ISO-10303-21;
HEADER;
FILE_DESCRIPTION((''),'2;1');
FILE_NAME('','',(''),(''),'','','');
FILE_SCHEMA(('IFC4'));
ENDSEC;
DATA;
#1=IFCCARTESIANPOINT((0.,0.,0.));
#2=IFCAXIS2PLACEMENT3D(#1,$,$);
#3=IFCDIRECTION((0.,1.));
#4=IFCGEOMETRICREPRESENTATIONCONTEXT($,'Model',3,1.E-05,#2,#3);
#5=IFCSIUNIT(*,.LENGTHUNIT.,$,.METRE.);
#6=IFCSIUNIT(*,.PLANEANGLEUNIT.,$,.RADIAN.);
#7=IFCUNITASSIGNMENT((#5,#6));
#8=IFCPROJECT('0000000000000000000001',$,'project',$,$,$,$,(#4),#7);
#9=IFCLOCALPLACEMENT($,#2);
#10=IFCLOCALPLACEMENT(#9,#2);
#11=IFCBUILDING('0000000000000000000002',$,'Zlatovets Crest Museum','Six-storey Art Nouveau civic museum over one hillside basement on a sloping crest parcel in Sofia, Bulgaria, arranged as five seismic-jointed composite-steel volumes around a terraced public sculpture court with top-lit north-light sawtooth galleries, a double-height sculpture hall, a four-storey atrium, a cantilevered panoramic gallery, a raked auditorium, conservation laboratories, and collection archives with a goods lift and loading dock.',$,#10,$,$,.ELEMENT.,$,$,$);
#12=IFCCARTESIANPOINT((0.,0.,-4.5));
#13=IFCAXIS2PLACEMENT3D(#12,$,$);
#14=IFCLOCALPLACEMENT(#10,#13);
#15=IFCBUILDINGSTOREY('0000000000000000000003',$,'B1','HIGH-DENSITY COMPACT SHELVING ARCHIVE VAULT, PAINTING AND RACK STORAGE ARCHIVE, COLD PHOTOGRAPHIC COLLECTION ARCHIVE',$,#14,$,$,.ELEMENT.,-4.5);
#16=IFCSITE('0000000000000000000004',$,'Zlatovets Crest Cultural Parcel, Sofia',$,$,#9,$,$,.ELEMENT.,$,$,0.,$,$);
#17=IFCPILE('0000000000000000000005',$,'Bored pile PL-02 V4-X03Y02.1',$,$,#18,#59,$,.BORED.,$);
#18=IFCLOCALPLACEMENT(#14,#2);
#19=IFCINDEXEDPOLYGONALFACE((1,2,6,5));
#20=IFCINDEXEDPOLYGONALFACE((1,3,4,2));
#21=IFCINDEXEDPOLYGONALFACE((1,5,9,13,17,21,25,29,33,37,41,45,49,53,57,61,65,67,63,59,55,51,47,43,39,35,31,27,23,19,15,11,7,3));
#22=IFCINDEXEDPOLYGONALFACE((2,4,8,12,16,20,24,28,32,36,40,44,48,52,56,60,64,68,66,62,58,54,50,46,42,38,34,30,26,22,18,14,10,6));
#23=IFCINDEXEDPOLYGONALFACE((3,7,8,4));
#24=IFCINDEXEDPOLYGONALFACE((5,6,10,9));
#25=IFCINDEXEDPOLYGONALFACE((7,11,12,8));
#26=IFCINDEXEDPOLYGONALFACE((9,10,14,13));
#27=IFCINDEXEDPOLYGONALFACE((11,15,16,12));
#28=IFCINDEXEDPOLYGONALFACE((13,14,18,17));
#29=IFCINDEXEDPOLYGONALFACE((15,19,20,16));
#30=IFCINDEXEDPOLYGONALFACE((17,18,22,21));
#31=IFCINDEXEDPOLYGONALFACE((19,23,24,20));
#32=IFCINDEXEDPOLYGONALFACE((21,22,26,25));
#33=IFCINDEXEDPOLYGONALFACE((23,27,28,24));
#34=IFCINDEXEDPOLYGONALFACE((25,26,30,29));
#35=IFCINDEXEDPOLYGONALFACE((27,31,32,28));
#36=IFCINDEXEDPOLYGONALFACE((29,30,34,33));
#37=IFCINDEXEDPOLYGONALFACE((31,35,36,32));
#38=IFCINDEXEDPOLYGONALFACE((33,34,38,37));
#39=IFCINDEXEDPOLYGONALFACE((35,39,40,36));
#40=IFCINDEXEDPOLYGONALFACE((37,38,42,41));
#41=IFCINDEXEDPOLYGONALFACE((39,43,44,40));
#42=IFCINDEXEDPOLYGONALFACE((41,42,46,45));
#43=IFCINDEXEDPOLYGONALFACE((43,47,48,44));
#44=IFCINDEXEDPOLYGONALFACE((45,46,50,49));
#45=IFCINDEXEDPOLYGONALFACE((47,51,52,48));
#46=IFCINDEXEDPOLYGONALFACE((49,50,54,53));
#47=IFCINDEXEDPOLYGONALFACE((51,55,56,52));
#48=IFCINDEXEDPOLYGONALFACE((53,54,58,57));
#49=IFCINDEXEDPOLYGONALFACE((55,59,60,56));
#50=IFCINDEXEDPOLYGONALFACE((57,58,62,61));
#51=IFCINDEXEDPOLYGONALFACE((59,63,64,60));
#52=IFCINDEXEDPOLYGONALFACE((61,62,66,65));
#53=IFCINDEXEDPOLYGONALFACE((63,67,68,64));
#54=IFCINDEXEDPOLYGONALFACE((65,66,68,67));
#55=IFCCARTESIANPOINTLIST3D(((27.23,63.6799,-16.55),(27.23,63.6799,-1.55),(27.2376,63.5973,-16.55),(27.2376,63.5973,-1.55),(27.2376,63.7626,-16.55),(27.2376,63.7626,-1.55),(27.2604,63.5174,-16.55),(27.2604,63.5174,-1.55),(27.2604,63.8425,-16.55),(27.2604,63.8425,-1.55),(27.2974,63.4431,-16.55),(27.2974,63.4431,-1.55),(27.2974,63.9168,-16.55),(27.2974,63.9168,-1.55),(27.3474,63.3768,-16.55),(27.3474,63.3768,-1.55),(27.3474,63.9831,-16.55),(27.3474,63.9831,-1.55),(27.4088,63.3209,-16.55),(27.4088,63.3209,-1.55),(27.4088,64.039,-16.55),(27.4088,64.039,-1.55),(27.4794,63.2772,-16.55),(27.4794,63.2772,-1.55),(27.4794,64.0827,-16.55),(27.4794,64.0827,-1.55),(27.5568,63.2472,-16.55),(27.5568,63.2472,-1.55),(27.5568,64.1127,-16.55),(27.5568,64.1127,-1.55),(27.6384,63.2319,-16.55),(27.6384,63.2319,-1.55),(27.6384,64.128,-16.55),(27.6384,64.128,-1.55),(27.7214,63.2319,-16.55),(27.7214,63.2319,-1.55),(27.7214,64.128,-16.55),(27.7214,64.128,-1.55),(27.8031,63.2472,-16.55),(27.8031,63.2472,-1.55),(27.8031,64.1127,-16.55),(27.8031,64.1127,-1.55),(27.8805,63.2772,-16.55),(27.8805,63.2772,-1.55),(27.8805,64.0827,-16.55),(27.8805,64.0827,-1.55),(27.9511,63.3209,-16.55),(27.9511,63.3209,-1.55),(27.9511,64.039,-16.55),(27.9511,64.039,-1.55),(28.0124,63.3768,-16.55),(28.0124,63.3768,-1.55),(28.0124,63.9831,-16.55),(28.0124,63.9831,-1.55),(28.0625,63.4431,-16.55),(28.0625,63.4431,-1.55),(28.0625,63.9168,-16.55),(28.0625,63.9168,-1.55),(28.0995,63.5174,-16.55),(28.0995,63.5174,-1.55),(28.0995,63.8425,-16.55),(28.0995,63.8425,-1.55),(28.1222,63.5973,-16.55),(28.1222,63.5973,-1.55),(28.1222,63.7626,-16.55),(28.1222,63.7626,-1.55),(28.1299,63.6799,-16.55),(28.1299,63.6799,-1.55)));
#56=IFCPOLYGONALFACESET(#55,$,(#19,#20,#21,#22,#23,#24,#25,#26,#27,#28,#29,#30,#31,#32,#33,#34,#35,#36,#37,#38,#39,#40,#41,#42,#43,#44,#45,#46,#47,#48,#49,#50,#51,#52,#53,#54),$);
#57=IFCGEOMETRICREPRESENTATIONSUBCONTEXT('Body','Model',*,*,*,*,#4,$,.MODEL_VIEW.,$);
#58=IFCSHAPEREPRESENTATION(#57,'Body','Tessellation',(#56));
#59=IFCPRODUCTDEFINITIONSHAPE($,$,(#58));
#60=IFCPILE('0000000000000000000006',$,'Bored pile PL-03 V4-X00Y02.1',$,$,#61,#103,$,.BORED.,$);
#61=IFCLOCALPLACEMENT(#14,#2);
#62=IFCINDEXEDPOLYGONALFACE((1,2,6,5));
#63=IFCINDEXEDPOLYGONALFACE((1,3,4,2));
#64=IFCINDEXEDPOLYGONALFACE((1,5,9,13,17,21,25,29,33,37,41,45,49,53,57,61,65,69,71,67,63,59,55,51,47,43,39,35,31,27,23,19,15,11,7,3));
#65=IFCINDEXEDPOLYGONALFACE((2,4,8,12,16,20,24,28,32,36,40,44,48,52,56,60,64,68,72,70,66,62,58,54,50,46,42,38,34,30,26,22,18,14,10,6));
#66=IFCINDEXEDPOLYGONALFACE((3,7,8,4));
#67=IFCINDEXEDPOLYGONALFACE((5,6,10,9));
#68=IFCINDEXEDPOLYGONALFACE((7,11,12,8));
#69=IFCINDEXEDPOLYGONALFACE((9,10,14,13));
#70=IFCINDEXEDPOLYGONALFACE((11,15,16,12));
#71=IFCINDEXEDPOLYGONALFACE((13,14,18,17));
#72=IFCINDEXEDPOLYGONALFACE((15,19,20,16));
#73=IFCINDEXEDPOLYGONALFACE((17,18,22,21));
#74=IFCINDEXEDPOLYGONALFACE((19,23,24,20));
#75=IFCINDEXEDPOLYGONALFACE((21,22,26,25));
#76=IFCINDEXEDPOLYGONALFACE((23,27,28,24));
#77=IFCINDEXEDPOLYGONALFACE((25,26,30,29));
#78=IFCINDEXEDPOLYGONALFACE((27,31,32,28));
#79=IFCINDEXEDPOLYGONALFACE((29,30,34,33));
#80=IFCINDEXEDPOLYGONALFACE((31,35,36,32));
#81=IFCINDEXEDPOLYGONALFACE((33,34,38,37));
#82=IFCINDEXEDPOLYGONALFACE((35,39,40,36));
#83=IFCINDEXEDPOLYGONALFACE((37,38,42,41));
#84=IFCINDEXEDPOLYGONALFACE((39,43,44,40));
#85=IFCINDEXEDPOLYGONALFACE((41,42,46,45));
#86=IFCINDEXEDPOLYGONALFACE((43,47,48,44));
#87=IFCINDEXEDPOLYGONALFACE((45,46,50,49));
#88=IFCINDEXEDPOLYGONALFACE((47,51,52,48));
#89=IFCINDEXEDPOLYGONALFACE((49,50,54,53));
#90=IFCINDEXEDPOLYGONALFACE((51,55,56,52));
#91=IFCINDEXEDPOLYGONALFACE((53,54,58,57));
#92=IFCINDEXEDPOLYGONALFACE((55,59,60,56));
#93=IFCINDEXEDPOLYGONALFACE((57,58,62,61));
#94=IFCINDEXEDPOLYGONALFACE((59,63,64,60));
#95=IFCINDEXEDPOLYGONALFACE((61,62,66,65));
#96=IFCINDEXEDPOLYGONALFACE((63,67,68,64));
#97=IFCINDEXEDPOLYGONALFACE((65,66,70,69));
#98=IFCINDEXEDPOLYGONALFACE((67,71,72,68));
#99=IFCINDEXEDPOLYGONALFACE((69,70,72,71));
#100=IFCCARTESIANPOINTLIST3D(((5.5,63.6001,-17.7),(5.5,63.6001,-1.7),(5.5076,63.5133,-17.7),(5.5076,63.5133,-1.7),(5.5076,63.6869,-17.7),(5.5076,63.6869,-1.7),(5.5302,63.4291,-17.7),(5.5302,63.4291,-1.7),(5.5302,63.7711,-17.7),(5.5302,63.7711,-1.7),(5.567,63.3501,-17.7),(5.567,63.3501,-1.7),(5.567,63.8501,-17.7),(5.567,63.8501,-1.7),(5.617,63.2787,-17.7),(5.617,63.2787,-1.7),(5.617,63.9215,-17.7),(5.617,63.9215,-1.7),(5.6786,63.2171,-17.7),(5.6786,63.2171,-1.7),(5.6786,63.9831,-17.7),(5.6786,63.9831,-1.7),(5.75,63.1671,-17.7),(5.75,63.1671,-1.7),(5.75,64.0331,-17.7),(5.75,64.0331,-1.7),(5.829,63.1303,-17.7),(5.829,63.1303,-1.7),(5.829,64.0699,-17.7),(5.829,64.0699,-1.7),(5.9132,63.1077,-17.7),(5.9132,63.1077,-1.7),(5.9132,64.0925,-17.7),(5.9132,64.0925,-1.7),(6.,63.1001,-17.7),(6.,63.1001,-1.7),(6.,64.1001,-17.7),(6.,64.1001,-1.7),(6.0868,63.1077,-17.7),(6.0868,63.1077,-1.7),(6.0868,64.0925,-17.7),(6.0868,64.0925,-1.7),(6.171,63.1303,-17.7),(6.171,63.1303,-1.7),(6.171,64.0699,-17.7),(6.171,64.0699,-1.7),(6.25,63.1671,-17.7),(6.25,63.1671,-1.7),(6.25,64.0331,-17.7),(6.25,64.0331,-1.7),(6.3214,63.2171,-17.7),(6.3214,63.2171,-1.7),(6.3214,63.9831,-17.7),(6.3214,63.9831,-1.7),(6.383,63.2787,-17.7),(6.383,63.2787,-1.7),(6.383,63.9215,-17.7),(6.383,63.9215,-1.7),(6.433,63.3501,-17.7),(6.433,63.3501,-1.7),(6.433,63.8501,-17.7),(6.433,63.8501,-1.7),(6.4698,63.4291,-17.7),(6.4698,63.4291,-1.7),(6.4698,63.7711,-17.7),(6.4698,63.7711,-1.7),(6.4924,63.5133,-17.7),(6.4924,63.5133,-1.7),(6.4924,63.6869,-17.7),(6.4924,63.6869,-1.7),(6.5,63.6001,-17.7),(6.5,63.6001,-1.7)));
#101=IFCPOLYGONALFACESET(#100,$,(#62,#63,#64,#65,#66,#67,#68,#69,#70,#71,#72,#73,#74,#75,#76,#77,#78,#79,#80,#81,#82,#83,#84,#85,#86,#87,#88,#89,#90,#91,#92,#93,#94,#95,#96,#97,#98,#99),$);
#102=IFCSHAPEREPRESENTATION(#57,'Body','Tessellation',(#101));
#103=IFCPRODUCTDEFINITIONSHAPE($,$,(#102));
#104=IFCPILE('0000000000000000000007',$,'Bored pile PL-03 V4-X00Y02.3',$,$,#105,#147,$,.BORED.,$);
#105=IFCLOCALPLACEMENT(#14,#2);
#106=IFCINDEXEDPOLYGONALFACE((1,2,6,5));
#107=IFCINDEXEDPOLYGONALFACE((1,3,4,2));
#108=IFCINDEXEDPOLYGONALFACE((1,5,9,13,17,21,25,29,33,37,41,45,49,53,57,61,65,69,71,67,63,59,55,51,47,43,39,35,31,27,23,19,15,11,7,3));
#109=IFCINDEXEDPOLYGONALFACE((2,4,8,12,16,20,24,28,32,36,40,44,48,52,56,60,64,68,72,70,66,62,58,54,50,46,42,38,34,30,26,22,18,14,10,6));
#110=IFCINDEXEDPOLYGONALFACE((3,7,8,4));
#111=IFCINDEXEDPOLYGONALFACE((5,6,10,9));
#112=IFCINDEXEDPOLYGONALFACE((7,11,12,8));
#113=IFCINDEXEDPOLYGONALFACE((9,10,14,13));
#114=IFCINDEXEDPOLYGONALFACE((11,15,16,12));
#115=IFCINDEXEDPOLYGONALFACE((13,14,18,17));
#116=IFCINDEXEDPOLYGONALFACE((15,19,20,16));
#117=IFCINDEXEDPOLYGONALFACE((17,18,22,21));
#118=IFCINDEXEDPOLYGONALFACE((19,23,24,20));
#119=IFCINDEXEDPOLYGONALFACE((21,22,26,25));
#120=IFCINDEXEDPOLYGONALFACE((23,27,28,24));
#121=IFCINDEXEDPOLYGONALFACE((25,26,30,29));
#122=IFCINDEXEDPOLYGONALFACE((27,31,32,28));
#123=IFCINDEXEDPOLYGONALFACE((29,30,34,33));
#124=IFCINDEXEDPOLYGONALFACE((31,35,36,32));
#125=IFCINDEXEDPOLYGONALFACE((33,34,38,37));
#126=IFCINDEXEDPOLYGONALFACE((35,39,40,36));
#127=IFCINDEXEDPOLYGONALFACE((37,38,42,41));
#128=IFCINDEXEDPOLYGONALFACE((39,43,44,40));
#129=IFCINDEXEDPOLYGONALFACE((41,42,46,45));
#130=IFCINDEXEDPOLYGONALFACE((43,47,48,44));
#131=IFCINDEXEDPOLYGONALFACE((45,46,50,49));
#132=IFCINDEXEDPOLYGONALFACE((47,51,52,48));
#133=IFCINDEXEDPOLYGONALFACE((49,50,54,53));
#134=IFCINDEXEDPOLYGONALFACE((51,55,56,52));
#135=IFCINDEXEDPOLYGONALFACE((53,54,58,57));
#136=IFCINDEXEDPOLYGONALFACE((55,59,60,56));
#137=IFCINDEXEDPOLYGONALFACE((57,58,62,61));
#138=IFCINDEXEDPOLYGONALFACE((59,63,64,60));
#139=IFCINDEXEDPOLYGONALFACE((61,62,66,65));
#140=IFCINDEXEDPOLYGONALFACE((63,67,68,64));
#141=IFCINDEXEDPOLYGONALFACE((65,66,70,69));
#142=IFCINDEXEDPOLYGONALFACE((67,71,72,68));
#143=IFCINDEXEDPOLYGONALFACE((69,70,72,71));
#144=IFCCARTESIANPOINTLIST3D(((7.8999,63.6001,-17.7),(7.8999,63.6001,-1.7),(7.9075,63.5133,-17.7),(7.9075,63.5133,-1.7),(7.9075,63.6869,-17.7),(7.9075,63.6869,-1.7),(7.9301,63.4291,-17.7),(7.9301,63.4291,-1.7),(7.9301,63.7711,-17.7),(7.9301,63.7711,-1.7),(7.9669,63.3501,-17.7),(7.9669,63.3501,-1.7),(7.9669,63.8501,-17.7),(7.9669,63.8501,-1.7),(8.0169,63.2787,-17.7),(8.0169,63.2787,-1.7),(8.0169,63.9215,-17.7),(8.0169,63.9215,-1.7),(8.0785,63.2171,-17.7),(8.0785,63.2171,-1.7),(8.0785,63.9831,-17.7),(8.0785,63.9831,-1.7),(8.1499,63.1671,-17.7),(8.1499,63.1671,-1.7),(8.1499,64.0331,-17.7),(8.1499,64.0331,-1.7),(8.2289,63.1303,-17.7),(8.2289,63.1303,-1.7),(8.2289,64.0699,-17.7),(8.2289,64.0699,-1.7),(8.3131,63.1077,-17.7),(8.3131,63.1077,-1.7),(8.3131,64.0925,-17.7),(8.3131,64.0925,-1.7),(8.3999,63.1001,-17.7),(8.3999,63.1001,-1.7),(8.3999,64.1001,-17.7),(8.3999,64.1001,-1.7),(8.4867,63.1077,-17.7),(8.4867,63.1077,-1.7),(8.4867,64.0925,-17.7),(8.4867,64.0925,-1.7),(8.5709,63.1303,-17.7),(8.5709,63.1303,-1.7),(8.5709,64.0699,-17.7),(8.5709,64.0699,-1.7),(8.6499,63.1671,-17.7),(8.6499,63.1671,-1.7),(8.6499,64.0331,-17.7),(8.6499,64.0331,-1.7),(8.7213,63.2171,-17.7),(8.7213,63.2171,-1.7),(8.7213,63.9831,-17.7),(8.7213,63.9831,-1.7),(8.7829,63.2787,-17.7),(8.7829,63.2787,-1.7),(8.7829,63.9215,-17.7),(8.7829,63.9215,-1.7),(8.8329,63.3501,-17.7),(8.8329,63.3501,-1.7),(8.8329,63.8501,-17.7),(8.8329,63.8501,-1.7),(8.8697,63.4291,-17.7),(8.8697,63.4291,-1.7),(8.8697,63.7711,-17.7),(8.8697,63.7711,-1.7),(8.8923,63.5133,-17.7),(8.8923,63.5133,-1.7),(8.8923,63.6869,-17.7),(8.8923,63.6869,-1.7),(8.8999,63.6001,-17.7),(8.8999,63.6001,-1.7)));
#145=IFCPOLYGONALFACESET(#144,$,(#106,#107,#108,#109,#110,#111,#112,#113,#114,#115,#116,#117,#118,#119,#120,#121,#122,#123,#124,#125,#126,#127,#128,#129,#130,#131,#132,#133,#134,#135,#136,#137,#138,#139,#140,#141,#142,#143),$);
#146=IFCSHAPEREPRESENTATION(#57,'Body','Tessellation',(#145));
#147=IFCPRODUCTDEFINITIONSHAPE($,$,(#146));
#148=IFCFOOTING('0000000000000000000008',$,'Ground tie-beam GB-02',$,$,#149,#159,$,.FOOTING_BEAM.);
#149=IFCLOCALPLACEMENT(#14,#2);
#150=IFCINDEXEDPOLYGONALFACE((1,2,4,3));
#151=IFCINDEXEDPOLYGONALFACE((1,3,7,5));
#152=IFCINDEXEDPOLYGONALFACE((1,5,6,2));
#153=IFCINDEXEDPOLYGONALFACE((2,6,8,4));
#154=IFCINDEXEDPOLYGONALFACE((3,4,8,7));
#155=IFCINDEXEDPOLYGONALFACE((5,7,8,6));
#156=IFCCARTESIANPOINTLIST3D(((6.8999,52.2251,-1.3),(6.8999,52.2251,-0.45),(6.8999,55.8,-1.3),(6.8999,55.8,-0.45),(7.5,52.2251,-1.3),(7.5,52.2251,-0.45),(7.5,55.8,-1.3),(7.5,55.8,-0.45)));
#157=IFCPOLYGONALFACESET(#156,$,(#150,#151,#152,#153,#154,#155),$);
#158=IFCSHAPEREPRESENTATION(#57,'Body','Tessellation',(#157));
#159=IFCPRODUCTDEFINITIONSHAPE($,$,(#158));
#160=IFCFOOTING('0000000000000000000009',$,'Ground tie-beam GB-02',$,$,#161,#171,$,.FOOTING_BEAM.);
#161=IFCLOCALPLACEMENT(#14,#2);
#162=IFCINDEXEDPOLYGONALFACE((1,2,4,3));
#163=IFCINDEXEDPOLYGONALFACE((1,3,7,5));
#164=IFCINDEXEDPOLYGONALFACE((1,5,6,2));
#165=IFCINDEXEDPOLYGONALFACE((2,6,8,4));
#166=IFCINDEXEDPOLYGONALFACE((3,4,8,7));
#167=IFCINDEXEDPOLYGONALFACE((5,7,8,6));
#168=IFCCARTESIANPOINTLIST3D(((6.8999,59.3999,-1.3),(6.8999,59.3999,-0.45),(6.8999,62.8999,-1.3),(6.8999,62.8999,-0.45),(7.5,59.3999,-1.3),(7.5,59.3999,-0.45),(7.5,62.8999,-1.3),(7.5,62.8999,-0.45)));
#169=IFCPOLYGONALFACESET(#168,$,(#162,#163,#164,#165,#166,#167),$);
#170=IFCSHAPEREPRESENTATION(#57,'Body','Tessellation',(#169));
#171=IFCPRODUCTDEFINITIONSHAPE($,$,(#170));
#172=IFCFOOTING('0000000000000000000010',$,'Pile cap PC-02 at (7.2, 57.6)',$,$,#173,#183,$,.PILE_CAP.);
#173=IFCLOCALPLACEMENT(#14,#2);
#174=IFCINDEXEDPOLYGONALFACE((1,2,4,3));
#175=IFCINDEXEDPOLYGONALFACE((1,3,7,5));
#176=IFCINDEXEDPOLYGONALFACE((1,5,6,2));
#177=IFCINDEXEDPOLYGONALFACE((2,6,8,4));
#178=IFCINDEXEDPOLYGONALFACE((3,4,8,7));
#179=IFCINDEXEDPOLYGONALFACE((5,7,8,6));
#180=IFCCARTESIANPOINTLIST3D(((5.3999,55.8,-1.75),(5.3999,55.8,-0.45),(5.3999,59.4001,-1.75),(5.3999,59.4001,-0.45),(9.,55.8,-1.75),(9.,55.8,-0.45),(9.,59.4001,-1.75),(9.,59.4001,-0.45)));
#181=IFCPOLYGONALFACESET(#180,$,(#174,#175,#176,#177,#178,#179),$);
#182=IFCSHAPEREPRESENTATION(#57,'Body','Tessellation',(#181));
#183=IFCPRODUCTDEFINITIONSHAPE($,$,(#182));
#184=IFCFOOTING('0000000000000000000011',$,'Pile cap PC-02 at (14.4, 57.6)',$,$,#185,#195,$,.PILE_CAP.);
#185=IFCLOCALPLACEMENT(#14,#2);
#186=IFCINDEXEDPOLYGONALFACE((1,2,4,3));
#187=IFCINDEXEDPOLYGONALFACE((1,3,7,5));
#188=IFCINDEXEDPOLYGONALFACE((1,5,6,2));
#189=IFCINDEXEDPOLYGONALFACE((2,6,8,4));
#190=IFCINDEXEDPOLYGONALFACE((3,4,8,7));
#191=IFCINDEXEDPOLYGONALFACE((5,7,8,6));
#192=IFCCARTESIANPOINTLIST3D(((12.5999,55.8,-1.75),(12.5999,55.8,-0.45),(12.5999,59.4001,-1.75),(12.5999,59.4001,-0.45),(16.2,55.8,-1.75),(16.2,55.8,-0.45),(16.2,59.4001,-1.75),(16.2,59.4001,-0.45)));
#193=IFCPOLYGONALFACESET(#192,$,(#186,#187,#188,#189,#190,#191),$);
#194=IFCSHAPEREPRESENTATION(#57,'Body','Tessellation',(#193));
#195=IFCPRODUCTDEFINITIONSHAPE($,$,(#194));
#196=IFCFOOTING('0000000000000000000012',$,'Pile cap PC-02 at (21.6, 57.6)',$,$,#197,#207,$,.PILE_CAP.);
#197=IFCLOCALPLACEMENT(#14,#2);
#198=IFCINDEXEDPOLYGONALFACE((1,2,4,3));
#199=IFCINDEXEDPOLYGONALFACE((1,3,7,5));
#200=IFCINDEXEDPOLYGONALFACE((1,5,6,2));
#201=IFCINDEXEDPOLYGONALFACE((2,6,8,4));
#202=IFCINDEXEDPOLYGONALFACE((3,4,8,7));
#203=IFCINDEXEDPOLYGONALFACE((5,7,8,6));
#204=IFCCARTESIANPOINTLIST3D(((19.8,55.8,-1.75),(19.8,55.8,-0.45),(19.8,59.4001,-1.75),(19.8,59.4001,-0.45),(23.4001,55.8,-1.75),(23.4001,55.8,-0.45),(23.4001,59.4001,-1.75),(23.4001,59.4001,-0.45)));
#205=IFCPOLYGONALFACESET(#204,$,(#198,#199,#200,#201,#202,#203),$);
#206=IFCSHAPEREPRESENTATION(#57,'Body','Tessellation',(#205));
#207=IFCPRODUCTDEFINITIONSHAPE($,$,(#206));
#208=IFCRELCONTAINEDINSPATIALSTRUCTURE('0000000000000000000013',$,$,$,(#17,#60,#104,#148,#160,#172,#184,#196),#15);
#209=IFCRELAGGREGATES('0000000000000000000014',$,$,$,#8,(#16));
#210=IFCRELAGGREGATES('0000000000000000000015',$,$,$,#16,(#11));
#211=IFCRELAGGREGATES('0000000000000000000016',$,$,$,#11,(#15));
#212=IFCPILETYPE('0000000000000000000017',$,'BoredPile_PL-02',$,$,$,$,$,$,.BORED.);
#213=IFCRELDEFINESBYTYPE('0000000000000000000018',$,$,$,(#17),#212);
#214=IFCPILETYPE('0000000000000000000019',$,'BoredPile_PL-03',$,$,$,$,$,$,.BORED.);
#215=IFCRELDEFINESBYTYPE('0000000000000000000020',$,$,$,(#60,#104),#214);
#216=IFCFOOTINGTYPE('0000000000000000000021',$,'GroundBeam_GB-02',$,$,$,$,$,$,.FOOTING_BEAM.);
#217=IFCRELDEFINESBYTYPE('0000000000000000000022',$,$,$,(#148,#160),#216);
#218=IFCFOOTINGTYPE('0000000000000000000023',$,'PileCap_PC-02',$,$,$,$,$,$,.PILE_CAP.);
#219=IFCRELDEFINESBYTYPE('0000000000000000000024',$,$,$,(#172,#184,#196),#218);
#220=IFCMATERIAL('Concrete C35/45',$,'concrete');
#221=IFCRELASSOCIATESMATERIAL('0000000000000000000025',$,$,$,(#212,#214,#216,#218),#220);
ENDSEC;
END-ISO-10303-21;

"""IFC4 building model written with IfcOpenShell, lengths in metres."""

from ifc_helpers import new_model, si_unit, direction, frame, origin, origin_2d, place, context, subcontext, project, spatial, rectangle, circle, extrude, material, material_profile, profile_set, type_object, element, save


model = new_model("IFC4")

# Units and contexts
model_context = context("Model", 3, precision=1e-05, world=origin(), true_north=direction((0.0, 1.0)))
body_context = subcontext(model_context, "Body", "Model", "MODEL_VIEW")
ifc_project = project(units=[si_unit("LENGTHUNIT", "METRE"), si_unit("PLANEANGLEUNIT", "RADIAN")], contexts=[model_context])

# Site, building, storey
site_placement = place(None, origin())
site = spatial("IfcSite", under=ifc_project, at=site_placement, Name="Zlatovets Crest Cultural Parcel, Sofia", CompositionType="ELEMENT", RefElevation=0.0)
building_placement = place(site_placement, origin())
building = spatial("IfcBuilding", under=site, at=building_placement, Name="Zlatovets Crest Museum", Description="Six-storey Art Nouveau civic museum over one hillside basement on a sloping crest parcel in Sofia, Bulgaria, arranged as five seismic-jointed composite-steel volumes around a terraced public sculpture court with top-lit north-light sawtooth galleries, a double-height sculpture hall, a four-storey atrium, a cantilevered panoramic gallery, a raked auditorium, conservation laboratories, and collection archives with a goods lift and loading dock.", CompositionType="ELEMENT")
storey_placement = place(building_placement, frame((0.0, 0.0, -4.5)))
storey = spatial("IfcBuildingStorey", under=building, at=storey_placement, Name="B1", Description="HIGH-DENSITY COMPACT SHELVING ARCHIVE VAULT, PAINTING AND RACK STORAGE ARCHIVE, COLD PHOTOGRAPHIC COLLECTION ARCHIVE", CompositionType="ELEMENT", Elevation=-4.5)

# Piles
ifc_material = material(Name="Concrete C35/45", Category="concrete")
ifc_material_profile_1 = material_profile(ifc_material, circle(Radius=0.45, at=origin_2d()), Name="PILE D900")
ifc_profile_set_1 = profile_set([ifc_material_profile_1], Name="Concrete C35/45")
pile_type_1 = type_object("IfcPileType", Name="BoredPile_PL-02", PredefinedType="BORED", material=ifc_profile_set_1)
for number, where, z_axis, x_axis, name in (
    (1, (27.6799, 63.6799, -1.55), (0.0, 0.0, -1.0), (1.0, 0.0, 0.0), "Bored pile PL-02 V4-X03Y02.1"),
):
    element("IfcPile", number, at=place(storey_placement, frame(where, z_axis=z_axis, x_axis=x_axis)), inside=storey, type_object=pile_type_1, Name=name, PredefinedType="BORED", context=body_context, shape_type="SweptSolid", body=[
        extrude(circle(Radius=0.45, at=origin_2d()), origin(), (0.0, 0.0, 1.0), 15.0),
    ])
ifc_material_profile_2 = material_profile(ifc_material, circle(Radius=0.5, at=origin_2d()), Name="PILE D1000")
ifc_profile_set_2 = profile_set([ifc_material_profile_2], Name="Concrete C35/45")
pile_type_2 = type_object("IfcPileType", Name="BoredPile_PL-03", PredefinedType="BORED", material=ifc_profile_set_2)
for number, where, z_axis, x_axis, name in (
    (2, (6.0, 63.6001, -1.7), (0.0, 0.0, -1.0), (1.0, 0.0, 0.0), "Bored pile PL-03 V4-X00Y02.1"),
    (3, (8.3999, 63.6001, -1.7), (0.0, 0.0, -1.0), (1.0, 0.0, 0.0), "Bored pile PL-03 V4-X00Y02.3"),
):
    element("IfcPile", number, at=place(storey_placement, frame(where, z_axis=z_axis, x_axis=x_axis)), inside=storey, type_object=pile_type_2, Name=name, PredefinedType="BORED", context=body_context, shape_type="SweptSolid", body=[
        extrude(circle(Radius=0.5, at=origin_2d()), origin(), (0.0, 0.0, 1.0), 16.0),
    ])

# Footings
ifc_material_profile_3 = material_profile(ifc_material, rectangle(XDim=0.6001, YDim=0.8501, at=origin_2d()), Name="RC 600x850")
ifc_profile_set_3 = profile_set([ifc_material_profile_3], Name="Concrete C35/45")
footing_type_1 = type_object("IfcFootingType", Name="GroundBeam_GB-02", PredefinedType="FOOTING_BEAM", material=ifc_profile_set_3)
footing_1_placement = place(storey_placement, frame((7.2, 52.2251, -0.875), z_axis=(0.0, 1.0, 0.0), x_axis=(-1.0, 0.0, 0.0)))
element("IfcFooting", 4, at=footing_1_placement, inside=storey, type_object=footing_type_1, Name="Ground tie-beam GB-02", PredefinedType="FOOTING_BEAM", context=body_context, shape_type="SweptSolid", body=[
    extrude(rectangle(XDim=0.6001, YDim=0.8501, at=origin_2d()), origin(), (0.0, 0.0, 1.0), 3.575),
])
footing_2_placement = place(storey_placement, frame((7.2, 59.3999, -0.875), z_axis=(0.0, 1.0, 0.0), x_axis=(-1.0, 0.0, 0.0)))
element("IfcFooting", 5, at=footing_2_placement, inside=storey, type_object=footing_type_1, Name="Ground tie-beam GB-02", PredefinedType="FOOTING_BEAM", context=body_context, shape_type="SweptSolid", body=[
    extrude(rectangle(XDim=0.6001, YDim=0.8501, at=origin_2d()), origin(), (0.0, 0.0, 1.0), 3.5),
])
footing_type_2 = type_object("IfcFootingType", Name="PileCap_PC-02", PredefinedType="PILE_CAP", material=ifc_material)
for number, where, z_axis, x_axis, name in (
    (6, (7.2, 57.6001, -1.75), (0.0, 0.0, 1.0), (1.0, 0.0, 0.0), "Pile cap PC-02 at (7.2, 57.6)"),
    (7, (14.3999, 57.6001, -1.75), (0.0, 0.0, 1.0), (1.0, 0.0, 0.0), "Pile cap PC-02 at (14.4, 57.6)"),
    (8, (21.6001, 57.6001, -1.75), (0.0, 0.0, 1.0), (1.0, 0.0, 0.0), "Pile cap PC-02 at (21.6, 57.6)"),
):
    element("IfcFooting", number, at=place(storey_placement, frame(where, z_axis=z_axis, x_axis=x_axis)), inside=storey, type_object=footing_type_2, Name=name, PredefinedType="PILE_CAP", context=body_context, shape_type="SweptSolid", body=[
        extrude(rectangle(XDim=3.6001, YDim=3.6001, at=origin_2d()), origin(), (0.0, 0.0, 1.0), 1.3),
    ])

save(model, "model.ifc")
